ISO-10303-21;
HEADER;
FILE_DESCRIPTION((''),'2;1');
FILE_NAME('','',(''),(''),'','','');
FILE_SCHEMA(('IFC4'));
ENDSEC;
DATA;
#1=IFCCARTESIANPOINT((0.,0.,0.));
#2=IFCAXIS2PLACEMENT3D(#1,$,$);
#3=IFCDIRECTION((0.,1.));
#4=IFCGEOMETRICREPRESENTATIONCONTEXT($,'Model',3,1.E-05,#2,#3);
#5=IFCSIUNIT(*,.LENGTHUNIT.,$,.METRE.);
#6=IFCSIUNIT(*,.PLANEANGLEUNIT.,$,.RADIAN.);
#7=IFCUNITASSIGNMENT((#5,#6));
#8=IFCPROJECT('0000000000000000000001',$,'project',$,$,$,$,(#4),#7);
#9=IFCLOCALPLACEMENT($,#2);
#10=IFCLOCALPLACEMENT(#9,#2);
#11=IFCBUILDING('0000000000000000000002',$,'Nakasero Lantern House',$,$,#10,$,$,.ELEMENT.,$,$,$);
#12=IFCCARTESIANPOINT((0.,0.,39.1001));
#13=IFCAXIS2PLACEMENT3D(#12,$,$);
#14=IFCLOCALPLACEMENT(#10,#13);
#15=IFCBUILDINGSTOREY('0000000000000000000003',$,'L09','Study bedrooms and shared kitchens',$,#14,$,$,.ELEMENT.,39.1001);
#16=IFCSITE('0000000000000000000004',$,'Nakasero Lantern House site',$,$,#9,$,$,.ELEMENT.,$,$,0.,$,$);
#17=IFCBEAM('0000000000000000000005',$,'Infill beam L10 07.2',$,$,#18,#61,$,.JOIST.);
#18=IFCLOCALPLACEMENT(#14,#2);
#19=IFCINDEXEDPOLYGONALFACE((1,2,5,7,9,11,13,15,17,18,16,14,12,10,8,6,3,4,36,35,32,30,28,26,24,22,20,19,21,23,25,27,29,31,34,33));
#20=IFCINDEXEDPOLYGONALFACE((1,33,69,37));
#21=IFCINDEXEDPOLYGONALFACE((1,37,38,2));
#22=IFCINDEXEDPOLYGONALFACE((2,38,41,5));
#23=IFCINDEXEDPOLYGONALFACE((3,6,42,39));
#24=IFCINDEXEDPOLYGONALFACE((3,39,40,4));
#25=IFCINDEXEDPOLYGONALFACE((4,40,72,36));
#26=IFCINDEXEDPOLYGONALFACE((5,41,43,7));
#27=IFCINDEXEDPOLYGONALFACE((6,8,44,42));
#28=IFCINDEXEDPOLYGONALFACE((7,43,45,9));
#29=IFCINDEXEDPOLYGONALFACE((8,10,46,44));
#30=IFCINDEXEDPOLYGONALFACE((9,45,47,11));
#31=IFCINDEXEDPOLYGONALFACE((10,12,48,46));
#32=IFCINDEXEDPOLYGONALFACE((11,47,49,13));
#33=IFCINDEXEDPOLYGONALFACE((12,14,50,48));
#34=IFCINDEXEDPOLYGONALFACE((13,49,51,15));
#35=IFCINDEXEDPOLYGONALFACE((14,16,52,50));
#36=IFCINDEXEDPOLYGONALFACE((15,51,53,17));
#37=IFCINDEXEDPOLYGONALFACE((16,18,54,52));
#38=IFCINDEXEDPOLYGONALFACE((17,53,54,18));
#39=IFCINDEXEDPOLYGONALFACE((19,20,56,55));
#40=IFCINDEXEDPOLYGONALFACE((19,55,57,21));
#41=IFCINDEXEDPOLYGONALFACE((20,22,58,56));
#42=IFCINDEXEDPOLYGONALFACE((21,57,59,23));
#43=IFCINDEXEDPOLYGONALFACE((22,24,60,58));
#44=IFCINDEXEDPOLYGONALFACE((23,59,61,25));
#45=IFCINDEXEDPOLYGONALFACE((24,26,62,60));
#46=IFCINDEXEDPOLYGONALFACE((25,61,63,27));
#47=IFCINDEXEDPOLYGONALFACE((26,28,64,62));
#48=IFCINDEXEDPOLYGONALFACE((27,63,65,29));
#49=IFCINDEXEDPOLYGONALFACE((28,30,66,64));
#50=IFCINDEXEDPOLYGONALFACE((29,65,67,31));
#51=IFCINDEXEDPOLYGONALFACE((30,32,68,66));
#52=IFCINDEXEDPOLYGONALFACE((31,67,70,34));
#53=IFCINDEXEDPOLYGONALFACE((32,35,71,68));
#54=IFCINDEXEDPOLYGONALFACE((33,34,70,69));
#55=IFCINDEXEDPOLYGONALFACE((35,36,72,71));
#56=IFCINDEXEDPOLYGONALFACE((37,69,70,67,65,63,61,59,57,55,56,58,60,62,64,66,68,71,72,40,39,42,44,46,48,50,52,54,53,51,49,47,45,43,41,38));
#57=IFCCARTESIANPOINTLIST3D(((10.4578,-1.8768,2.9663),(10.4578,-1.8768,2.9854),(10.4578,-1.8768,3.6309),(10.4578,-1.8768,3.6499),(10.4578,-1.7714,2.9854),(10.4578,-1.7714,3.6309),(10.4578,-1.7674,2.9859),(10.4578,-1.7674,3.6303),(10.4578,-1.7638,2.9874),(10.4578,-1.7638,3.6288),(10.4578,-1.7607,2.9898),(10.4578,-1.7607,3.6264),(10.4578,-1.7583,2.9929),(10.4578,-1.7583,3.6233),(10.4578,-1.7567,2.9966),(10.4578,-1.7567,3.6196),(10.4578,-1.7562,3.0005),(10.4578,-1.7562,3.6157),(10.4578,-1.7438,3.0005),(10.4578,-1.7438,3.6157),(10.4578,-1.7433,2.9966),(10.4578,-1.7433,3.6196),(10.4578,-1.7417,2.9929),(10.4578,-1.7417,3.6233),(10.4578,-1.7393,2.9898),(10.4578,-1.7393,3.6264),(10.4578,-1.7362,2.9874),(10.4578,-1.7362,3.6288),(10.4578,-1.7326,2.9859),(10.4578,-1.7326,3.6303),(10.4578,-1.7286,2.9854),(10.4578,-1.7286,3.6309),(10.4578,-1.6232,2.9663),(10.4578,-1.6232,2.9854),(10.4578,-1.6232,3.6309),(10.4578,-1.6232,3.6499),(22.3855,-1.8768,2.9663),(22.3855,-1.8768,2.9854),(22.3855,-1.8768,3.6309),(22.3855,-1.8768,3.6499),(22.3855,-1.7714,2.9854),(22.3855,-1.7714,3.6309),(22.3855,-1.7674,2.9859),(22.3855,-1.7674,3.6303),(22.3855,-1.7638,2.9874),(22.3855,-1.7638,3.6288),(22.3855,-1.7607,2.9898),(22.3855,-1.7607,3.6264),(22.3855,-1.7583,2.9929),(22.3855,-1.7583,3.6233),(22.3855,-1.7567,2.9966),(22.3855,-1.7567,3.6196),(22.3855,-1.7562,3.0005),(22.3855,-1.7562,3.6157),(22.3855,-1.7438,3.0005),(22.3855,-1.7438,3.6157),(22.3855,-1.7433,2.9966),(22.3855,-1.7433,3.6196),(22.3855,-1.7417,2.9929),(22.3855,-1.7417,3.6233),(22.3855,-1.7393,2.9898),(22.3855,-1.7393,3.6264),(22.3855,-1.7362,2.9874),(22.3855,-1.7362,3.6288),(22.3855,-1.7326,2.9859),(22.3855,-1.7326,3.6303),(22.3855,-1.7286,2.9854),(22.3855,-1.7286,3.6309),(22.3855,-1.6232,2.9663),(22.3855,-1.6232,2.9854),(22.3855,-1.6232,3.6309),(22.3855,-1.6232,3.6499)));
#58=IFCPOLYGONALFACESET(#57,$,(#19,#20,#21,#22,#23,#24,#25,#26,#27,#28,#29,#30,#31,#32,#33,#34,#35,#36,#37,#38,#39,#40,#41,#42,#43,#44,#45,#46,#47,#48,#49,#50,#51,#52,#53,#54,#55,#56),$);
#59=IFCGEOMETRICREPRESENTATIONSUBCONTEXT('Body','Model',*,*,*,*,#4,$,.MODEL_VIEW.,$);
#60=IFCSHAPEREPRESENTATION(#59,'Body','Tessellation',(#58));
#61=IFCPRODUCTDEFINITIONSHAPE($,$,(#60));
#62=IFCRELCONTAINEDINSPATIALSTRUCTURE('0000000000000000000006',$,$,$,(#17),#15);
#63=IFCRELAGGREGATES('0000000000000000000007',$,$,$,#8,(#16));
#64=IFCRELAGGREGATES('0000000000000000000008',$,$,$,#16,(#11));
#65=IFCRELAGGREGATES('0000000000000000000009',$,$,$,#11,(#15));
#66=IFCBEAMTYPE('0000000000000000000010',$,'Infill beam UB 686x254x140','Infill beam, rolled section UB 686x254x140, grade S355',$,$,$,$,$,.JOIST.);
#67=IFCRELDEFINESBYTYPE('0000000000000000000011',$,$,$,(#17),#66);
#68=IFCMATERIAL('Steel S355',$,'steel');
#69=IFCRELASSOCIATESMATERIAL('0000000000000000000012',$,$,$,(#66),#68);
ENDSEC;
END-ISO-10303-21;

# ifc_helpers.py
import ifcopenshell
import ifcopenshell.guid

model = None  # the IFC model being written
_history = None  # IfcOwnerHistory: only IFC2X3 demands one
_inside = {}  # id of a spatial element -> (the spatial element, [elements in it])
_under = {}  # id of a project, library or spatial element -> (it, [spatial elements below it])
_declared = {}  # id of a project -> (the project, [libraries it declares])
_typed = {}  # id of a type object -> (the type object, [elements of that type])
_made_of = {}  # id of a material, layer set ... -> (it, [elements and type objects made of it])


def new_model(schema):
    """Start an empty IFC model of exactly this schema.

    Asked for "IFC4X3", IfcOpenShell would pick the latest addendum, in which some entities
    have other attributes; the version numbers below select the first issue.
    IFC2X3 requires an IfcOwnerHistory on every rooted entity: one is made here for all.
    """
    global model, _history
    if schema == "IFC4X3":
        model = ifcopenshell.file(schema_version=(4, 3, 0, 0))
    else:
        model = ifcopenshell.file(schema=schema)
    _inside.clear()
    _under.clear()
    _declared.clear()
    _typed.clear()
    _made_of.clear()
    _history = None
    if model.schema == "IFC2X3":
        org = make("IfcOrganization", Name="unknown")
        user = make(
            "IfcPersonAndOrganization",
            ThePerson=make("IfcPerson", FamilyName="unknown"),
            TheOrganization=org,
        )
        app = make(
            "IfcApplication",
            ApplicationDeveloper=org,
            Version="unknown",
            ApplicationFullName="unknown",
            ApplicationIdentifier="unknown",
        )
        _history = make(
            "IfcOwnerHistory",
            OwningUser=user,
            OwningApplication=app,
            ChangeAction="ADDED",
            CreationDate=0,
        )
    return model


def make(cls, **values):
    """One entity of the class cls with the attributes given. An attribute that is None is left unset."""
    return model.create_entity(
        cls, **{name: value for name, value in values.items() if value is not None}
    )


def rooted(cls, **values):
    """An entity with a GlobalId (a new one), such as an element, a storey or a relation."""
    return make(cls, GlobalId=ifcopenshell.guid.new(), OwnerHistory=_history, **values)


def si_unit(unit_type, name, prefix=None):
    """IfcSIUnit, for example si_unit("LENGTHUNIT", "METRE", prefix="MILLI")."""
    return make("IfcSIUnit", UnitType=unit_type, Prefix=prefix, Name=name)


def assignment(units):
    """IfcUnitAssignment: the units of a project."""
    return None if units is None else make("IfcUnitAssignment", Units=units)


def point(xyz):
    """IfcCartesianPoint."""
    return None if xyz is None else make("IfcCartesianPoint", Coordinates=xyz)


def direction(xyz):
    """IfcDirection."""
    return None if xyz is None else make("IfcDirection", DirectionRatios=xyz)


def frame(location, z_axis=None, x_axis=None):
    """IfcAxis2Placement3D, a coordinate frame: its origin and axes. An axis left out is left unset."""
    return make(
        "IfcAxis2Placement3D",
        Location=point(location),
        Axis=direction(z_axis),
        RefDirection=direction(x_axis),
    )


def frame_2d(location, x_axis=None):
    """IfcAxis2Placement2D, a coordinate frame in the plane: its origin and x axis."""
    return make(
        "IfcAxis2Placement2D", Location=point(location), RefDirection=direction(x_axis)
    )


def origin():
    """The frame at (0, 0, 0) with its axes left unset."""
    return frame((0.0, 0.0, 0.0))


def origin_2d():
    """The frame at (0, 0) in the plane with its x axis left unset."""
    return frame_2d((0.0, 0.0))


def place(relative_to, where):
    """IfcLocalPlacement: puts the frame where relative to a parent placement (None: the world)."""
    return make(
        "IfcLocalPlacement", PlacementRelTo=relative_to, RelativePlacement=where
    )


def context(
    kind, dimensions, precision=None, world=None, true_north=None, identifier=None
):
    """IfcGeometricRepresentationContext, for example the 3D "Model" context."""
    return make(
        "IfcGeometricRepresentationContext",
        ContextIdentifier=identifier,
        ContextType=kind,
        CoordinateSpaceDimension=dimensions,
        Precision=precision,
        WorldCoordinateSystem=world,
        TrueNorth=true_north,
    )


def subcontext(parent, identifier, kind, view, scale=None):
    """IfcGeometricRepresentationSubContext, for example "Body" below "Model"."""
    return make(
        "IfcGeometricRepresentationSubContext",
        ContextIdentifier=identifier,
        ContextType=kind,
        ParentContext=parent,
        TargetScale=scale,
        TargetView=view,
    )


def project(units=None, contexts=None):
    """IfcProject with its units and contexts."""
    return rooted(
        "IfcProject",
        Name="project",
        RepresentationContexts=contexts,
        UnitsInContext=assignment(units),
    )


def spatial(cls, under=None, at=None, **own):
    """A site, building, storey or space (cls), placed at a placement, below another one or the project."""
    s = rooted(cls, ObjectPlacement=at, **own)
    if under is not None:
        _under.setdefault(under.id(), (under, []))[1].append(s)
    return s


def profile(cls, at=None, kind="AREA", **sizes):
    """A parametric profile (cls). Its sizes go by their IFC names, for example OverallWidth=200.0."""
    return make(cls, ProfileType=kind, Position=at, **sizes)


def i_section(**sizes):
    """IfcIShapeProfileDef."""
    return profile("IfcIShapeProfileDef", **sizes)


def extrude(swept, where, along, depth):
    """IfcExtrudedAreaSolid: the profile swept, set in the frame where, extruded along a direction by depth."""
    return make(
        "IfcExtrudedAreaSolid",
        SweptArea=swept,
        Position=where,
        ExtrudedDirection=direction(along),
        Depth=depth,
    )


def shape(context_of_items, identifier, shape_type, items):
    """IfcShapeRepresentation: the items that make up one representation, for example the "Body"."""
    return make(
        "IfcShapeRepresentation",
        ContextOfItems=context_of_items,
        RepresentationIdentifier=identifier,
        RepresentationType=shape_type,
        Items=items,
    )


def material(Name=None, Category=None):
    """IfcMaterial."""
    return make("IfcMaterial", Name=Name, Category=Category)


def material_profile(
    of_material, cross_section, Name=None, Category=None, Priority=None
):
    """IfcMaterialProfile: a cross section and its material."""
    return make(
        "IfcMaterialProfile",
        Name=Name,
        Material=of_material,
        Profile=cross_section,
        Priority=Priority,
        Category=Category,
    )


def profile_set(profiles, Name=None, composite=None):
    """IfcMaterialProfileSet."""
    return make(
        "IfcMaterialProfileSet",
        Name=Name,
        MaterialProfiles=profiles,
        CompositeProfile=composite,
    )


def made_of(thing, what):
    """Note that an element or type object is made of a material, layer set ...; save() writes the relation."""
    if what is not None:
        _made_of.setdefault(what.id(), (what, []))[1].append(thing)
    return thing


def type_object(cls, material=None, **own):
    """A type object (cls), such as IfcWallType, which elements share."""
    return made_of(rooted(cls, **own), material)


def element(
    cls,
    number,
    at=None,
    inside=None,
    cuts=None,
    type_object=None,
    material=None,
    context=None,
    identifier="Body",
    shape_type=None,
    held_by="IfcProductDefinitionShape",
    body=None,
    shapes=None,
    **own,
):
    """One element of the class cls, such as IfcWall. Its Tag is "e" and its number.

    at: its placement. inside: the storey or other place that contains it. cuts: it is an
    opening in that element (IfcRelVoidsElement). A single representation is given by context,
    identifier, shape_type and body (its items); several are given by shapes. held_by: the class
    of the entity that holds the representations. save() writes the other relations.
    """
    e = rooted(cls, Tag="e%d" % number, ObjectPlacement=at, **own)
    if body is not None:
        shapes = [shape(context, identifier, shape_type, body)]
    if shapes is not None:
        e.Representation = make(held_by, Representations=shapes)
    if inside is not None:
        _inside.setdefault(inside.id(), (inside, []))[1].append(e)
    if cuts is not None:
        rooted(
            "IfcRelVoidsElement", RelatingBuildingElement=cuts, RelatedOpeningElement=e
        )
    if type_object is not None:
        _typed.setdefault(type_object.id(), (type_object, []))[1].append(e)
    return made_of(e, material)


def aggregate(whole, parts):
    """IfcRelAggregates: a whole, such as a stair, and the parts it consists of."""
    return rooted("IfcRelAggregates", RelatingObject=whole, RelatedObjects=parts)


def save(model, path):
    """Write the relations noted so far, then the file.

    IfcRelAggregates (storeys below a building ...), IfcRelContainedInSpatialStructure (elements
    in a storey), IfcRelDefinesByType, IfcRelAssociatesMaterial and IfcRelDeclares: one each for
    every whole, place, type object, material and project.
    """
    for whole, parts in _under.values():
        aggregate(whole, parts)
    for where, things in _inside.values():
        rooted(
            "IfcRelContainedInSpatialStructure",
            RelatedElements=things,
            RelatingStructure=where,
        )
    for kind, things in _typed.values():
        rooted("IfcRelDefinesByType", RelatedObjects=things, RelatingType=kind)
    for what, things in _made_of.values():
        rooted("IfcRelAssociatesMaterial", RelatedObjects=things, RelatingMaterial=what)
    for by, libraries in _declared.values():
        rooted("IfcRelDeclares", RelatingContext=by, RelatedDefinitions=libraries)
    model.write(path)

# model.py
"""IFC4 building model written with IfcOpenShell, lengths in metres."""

from ifc_helpers import new_model, si_unit, direction, frame, origin, origin_2d, place, context, subcontext, project, spatial, i_section, extrude, material, material_profile, profile_set, type_object, element, save


model = new_model("IFC4")

# Units and contexts
model_context = context("Model", 3, precision=1e-05, world=origin(), true_north=direction((0.0, 1.0)))
body_context = subcontext(model_context, "Body", "Model", "MODEL_VIEW")
ifc_project = project(units=[si_unit("LENGTHUNIT", "METRE"), si_unit("PLANEANGLEUNIT", "RADIAN")], contexts=[model_context])

# Site, building, storey
site_placement = place(None, origin())
site = spatial("IfcSite", under=ifc_project, at=site_placement, Name="Nakasero Lantern House site", CompositionType="ELEMENT", RefElevation=0.0)
building_placement = place(site_placement, origin())
building = spatial("IfcBuilding", under=site, at=building_placement, Name="Nakasero Lantern House", CompositionType="ELEMENT")
storey_placement = place(building_placement, frame((0.0, 0.0, 39.1001)))
storey = spatial("IfcBuildingStorey", under=building, at=storey_placement, Name="L09", Description="Study bedrooms and shared kitchens", CompositionType="ELEMENT", Elevation=39.1001)

# Beam
ifc_material_1 = material(Name="Steel S355", Category="steel")
ifc_material_profile_1 = material_profile(ifc_material_1, i_section(OverallWidth=0.2537, OverallDepth=0.6836, WebThickness=0.0125, FlangeThickness=0.019, FilletRadius=0.0151, at=origin_2d()), Name="UB 686x254x140")
ifc_profile_set_1 = profile_set([ifc_material_profile_1], Name="Steel S355")
beam_type_1 = type_object("IfcBeamType", Name="Infill beam UB 686x254x140", Description="Infill beam, rolled section UB 686x254x140, grade S355", PredefinedType="JOIST", material=ifc_profile_set_1)
beam_1_placement = place(storey_placement, frame((10.4578, -1.75, 3.3081), z_axis=(1.0, 0.0, 0.0), x_axis=(0.0, 1.0, 0.0)))
element("IfcBeam", 1, at=beam_1_placement, inside=storey, type_object=beam_type_1, Name="Infill beam L10 07.2", PredefinedType="JOIST", context=body_context, shape_type="SweptSolid", body=[
    extrude(i_section(OverallWidth=0.2537, OverallDepth=0.6836, WebThickness=0.0125, FlangeThickness=0.019, FilletRadius=0.0151, at=origin_2d()), origin(), (0.0, 0.0, 1.0), 11.9277),
])

save(model, "model.ifc")
